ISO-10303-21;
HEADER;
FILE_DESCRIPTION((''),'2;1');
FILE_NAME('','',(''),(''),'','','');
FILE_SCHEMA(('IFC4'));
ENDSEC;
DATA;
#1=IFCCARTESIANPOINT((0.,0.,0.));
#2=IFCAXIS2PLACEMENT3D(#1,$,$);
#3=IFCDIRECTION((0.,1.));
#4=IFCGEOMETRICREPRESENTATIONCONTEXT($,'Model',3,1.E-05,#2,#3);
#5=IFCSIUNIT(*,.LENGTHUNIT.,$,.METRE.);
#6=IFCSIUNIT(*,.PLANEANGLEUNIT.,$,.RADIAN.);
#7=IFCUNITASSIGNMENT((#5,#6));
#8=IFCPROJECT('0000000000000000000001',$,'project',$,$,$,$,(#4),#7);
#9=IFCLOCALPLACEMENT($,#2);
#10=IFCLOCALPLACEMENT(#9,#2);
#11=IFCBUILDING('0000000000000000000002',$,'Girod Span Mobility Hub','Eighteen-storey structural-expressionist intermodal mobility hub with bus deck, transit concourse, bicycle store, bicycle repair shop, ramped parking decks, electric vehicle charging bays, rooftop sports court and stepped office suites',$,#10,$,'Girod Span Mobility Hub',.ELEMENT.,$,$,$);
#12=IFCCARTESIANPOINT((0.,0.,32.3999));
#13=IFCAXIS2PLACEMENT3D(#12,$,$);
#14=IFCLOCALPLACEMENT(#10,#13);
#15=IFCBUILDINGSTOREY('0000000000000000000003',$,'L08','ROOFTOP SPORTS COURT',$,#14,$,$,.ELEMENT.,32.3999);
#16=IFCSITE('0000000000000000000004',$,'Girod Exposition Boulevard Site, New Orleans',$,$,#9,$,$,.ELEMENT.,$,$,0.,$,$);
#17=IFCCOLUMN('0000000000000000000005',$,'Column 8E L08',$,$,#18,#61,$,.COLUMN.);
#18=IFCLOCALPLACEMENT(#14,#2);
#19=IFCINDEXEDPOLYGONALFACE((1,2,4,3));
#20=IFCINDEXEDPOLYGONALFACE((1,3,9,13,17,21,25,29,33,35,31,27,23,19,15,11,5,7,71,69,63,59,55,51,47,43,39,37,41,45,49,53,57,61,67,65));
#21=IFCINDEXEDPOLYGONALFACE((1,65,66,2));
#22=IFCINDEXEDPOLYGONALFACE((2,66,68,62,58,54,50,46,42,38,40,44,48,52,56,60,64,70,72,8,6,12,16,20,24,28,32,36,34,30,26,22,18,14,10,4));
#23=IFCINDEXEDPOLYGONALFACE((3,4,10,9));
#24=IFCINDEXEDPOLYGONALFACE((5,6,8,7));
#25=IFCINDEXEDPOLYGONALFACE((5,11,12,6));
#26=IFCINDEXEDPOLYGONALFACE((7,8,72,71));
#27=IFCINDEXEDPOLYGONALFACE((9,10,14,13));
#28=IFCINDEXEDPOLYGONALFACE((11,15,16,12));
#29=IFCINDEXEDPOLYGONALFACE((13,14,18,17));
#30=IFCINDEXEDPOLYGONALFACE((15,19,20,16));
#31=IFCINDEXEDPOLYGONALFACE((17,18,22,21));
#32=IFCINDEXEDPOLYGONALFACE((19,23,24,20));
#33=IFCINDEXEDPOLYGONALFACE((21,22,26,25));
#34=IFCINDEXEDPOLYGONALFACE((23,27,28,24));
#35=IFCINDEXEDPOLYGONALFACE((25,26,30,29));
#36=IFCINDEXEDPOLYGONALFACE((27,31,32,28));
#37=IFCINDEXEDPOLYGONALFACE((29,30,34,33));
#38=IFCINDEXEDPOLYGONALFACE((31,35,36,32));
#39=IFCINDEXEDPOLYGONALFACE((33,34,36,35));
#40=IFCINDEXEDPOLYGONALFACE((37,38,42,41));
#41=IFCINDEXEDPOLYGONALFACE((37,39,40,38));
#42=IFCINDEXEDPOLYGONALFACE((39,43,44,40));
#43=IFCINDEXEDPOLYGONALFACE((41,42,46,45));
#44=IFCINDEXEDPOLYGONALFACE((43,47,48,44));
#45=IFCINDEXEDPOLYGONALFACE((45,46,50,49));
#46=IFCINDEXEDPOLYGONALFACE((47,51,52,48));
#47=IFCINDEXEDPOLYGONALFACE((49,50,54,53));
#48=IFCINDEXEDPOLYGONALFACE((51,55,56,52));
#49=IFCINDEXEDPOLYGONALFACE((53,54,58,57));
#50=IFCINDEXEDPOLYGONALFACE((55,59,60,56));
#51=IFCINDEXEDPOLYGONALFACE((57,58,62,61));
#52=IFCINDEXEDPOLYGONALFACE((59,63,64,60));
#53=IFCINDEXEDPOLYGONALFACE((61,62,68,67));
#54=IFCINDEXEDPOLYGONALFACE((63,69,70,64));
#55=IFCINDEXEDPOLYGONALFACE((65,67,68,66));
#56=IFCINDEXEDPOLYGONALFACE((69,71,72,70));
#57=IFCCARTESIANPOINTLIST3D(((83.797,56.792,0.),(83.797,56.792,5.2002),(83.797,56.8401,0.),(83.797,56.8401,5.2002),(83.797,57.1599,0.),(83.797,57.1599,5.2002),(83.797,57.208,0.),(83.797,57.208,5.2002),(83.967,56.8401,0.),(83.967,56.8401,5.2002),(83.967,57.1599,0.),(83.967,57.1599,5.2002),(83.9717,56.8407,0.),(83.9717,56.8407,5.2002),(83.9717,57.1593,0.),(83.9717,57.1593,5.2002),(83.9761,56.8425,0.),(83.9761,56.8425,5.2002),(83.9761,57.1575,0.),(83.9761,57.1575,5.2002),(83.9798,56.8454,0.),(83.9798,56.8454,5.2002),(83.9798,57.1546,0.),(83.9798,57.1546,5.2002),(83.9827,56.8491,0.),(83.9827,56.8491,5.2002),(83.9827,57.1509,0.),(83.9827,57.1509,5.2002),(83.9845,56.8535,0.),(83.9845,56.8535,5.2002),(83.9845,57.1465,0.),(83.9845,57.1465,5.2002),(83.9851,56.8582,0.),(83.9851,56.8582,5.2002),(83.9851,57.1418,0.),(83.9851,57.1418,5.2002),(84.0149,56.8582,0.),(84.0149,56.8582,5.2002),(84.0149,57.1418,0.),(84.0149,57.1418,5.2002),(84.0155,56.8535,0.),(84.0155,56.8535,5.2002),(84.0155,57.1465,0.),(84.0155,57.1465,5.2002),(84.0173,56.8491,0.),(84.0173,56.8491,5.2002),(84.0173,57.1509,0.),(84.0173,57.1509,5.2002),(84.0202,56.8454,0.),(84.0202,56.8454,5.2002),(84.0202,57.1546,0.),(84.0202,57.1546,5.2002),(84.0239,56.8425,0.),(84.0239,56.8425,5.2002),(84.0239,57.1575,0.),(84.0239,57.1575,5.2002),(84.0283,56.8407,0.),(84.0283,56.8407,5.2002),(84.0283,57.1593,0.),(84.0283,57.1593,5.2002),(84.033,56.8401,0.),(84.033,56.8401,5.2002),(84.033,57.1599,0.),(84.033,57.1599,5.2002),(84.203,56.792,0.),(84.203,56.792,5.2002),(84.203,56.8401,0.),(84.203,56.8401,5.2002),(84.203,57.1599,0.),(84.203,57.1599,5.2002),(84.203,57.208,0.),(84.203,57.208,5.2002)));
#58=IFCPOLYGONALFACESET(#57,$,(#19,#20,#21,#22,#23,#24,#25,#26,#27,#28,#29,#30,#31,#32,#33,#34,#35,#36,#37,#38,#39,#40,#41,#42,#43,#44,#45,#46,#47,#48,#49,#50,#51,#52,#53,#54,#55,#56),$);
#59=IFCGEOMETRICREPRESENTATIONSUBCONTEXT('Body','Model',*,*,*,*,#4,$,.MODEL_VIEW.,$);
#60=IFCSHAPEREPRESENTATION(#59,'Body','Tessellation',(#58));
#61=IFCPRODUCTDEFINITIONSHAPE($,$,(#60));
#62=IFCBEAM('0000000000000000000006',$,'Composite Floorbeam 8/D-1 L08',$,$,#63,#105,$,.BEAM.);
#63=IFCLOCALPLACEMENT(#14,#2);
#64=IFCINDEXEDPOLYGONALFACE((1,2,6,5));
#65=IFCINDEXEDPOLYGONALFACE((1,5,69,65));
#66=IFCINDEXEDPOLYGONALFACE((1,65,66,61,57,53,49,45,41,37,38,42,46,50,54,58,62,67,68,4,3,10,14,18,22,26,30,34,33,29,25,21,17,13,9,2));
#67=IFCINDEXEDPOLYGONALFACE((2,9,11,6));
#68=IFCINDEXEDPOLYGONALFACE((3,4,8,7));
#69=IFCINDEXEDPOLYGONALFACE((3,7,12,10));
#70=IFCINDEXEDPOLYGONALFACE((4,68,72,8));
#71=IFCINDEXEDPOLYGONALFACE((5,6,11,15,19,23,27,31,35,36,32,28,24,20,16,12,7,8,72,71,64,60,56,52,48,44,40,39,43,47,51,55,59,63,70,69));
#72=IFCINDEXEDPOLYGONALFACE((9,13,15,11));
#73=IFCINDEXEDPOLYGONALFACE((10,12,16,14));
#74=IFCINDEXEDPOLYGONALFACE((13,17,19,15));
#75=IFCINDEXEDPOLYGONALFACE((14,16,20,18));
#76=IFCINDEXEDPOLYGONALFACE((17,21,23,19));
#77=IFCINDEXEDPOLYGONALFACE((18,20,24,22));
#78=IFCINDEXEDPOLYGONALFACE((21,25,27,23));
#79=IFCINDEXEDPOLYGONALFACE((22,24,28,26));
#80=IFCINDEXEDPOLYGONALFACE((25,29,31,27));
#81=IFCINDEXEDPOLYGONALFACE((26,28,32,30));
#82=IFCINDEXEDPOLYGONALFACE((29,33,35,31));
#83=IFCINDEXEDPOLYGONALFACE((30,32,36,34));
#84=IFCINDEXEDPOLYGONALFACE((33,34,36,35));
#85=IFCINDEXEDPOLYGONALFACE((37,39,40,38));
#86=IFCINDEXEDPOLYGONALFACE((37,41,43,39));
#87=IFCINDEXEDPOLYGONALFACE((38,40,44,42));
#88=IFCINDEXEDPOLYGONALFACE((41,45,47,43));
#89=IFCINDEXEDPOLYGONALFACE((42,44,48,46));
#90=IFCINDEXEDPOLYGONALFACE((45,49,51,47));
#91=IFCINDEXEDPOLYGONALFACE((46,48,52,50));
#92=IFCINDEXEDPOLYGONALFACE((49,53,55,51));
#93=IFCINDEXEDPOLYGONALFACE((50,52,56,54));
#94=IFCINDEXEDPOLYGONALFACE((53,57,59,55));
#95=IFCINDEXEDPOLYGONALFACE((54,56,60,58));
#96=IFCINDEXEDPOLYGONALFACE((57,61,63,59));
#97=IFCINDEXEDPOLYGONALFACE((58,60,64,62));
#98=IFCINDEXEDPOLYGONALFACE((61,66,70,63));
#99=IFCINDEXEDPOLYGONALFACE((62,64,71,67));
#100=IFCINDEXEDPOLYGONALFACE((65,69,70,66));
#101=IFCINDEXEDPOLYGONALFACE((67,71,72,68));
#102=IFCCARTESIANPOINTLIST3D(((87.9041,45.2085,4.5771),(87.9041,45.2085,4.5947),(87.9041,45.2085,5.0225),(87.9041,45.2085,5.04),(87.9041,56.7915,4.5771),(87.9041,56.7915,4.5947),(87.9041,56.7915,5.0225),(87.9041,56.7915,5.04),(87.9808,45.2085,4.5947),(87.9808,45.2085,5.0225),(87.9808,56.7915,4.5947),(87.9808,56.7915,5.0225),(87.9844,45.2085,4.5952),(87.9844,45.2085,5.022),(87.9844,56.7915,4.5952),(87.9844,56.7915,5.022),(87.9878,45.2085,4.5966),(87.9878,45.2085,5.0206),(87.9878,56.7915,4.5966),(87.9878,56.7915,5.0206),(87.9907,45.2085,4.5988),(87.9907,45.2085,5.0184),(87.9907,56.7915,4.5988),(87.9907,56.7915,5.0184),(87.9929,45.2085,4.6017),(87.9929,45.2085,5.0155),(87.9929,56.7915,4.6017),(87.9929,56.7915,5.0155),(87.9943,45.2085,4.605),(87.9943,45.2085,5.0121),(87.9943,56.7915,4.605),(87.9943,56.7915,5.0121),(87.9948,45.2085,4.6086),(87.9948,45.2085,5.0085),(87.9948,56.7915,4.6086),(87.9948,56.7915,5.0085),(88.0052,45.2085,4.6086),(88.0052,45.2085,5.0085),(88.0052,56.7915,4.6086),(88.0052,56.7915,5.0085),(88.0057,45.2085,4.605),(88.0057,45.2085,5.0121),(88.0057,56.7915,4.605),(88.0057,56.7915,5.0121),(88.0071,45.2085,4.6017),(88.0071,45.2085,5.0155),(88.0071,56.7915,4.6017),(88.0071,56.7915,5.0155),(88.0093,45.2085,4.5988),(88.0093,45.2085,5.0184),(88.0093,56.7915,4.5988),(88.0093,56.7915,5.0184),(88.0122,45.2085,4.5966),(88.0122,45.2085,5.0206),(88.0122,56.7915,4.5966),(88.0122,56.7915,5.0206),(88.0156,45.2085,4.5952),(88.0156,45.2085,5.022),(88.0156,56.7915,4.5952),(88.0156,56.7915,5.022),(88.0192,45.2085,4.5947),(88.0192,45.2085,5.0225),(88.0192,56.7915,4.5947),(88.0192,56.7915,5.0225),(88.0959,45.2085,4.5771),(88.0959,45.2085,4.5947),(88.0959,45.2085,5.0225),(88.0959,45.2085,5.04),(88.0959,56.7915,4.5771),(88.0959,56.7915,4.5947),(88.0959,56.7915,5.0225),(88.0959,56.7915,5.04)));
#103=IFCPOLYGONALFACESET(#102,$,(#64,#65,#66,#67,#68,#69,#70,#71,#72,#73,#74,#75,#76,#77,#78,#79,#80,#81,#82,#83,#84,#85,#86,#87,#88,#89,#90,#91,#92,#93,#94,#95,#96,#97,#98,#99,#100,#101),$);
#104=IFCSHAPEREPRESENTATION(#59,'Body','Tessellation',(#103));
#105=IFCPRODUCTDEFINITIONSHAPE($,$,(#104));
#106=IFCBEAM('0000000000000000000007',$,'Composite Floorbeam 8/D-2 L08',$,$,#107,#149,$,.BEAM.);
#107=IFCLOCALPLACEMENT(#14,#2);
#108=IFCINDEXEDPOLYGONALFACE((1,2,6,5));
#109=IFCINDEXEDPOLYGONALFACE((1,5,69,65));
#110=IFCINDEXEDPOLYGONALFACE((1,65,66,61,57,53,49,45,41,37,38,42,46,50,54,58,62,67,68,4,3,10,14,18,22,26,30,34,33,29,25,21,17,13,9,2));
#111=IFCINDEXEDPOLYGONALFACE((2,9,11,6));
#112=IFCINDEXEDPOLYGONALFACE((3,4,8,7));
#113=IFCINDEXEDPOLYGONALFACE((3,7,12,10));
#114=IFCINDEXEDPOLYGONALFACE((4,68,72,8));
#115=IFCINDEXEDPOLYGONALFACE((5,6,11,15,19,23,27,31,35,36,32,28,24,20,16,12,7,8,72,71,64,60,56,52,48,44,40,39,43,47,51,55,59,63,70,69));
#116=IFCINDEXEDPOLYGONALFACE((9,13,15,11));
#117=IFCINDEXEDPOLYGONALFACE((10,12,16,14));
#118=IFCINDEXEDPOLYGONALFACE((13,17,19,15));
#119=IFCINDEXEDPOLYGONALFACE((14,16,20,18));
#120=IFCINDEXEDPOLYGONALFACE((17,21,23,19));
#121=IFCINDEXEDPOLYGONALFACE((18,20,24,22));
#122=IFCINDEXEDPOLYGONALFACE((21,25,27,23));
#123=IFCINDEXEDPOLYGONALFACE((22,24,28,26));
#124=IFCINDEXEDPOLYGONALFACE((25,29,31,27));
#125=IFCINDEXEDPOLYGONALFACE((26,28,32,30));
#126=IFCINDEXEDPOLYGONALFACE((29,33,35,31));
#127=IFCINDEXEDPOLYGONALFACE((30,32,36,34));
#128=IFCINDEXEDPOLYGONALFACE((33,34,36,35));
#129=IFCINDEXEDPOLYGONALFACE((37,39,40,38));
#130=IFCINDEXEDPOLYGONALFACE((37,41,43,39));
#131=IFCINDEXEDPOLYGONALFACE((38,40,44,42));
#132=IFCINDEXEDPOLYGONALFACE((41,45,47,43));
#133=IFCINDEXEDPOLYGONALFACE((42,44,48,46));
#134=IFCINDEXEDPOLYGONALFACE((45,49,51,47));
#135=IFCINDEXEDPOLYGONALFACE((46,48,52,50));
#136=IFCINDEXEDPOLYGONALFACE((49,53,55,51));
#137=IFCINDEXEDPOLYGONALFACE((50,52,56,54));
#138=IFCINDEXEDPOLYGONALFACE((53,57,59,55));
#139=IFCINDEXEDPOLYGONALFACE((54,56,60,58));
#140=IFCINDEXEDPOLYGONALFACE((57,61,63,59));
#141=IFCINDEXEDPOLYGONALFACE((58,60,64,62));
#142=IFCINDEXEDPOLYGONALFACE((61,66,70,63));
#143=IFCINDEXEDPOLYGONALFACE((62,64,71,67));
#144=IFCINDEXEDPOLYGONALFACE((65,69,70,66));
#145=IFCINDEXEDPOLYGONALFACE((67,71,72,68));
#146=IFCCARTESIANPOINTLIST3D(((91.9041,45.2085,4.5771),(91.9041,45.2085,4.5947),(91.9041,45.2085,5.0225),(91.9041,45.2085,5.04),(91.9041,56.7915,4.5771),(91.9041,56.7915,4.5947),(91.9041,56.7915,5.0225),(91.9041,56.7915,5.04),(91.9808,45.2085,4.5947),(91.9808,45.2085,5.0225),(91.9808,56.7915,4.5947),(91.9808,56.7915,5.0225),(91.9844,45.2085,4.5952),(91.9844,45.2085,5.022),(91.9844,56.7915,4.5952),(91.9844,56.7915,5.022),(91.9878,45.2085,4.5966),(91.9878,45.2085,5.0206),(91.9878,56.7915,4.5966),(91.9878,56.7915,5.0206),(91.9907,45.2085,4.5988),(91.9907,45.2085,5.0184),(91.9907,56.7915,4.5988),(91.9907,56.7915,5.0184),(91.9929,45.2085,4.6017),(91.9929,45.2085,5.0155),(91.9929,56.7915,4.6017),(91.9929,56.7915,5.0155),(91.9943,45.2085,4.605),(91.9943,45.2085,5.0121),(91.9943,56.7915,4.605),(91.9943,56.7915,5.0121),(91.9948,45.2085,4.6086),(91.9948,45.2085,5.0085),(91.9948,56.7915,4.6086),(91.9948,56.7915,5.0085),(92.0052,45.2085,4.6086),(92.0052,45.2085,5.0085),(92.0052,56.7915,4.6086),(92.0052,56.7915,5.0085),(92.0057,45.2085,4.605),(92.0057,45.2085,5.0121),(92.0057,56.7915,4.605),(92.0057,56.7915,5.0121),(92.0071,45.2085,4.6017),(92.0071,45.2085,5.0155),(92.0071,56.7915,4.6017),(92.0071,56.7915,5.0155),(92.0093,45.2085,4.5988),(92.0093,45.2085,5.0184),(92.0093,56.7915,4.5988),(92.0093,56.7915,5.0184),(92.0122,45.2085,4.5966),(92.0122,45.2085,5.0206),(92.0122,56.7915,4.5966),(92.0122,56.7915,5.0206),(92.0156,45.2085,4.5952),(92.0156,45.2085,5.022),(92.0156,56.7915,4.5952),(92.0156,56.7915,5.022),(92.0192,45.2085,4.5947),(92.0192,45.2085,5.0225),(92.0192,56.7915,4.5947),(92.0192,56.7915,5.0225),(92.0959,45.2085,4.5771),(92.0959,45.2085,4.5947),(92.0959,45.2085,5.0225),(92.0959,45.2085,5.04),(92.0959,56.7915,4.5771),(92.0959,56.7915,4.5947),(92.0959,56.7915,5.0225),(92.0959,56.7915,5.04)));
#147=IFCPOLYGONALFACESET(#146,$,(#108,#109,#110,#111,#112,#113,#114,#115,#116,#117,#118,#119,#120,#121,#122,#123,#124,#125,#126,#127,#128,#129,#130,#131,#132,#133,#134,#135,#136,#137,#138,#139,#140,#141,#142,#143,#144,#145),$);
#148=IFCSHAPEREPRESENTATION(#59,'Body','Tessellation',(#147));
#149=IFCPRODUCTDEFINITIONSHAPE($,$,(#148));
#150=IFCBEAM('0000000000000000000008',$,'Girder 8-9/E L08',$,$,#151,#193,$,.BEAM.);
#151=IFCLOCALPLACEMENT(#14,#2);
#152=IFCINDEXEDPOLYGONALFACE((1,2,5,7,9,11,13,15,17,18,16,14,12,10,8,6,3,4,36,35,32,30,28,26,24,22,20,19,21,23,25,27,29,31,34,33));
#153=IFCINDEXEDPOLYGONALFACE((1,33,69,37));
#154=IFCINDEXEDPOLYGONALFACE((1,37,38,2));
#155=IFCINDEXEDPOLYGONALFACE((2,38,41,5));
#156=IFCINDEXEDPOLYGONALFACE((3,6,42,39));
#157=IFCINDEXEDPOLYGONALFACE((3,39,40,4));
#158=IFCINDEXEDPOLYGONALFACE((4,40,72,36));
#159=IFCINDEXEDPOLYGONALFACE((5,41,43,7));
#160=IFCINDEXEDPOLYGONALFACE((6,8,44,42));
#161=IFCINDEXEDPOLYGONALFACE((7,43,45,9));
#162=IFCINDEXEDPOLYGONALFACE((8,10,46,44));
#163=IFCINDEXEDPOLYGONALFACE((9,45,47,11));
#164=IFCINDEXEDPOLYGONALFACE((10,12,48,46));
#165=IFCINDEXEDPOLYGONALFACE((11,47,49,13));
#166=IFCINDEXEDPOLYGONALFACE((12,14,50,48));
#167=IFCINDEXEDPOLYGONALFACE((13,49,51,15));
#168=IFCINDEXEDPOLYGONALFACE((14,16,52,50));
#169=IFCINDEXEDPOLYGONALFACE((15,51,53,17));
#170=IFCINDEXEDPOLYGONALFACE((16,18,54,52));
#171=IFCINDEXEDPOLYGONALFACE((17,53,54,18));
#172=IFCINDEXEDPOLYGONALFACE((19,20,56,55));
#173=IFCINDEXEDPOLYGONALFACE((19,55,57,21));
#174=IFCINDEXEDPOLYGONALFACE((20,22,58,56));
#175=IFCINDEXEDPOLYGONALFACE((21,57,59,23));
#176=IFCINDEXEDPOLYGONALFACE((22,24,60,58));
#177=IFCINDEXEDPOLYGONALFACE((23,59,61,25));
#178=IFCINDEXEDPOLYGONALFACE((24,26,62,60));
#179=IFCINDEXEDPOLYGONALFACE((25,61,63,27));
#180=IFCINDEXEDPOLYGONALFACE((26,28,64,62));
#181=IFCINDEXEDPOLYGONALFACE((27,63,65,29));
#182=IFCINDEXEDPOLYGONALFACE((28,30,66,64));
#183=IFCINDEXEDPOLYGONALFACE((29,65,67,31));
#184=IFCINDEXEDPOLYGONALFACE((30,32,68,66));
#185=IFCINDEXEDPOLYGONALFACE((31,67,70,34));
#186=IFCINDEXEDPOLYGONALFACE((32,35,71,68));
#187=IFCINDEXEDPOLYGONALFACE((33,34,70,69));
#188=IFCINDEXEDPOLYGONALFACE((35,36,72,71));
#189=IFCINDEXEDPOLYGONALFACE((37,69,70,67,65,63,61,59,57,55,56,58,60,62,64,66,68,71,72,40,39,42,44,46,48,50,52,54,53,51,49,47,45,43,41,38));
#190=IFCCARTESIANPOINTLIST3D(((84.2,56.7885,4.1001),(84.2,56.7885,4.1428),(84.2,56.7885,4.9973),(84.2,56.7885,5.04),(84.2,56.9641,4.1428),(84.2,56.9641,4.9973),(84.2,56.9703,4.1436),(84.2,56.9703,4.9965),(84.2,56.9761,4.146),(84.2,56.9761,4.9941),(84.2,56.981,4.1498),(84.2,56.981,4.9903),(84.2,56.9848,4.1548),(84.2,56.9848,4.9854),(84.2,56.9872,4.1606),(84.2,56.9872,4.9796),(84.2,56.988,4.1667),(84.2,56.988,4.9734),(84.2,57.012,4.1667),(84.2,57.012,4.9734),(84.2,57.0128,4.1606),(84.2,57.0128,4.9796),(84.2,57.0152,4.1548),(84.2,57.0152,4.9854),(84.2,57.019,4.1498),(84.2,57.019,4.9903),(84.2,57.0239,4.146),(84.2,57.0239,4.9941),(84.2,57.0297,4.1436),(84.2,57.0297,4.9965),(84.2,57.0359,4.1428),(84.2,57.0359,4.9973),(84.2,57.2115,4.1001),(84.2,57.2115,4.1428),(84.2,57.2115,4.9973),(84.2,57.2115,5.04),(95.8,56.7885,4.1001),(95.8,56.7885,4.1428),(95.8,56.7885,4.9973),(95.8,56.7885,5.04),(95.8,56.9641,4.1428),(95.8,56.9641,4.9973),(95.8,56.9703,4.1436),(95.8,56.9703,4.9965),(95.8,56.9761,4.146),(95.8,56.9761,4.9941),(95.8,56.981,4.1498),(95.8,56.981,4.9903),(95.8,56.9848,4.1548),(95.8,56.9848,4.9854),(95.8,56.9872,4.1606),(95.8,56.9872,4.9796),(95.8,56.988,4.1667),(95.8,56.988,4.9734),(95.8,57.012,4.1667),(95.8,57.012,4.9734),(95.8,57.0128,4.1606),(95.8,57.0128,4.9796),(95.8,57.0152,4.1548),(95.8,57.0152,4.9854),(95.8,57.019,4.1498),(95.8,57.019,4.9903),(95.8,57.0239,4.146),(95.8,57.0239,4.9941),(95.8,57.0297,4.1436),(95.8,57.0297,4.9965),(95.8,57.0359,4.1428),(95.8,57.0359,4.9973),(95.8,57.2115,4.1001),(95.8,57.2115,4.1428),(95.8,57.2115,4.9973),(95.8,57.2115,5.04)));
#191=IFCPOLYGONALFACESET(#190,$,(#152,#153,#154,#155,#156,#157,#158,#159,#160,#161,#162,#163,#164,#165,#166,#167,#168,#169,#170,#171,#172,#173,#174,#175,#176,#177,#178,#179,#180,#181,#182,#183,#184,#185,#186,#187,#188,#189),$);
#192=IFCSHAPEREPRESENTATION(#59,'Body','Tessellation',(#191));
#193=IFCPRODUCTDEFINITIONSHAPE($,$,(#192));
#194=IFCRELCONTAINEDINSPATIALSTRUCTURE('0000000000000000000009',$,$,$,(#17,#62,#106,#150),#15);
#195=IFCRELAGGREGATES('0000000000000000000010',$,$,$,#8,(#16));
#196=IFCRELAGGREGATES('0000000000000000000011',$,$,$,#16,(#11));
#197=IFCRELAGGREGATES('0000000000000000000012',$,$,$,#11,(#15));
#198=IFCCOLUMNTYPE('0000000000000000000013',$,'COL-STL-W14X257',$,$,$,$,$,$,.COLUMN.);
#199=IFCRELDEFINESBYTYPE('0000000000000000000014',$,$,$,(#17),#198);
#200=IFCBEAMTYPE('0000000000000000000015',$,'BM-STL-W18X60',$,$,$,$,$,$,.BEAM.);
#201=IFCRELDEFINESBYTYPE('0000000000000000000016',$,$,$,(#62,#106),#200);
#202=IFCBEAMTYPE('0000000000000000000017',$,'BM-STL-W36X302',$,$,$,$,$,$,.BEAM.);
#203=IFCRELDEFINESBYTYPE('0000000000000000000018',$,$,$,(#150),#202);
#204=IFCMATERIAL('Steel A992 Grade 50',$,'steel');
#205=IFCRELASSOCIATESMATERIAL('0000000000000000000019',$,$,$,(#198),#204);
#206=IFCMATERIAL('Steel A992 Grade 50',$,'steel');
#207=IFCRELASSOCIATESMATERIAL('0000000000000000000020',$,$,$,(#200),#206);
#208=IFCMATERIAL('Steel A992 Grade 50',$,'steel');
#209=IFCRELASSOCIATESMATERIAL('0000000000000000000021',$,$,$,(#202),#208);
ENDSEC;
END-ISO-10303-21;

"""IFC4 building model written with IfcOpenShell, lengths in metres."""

from ifc_helpers import new_model, si_unit, direction, frame, origin, origin_2d, place, context, subcontext, project, spatial, i_section, extrude, material, material_profile, profile_set, type_object, element, save


model = new_model("IFC4")

# Units and contexts
model_context = context("Model", 3, precision=1e-05, world=origin(), true_north=direction((0.0, 1.0)))
body_context = subcontext(model_context, "Body", "Model", "MODEL_VIEW")
ifc_project = project(units=[si_unit("LENGTHUNIT", "METRE"), si_unit("PLANEANGLEUNIT", "RADIAN")], contexts=[model_context])

# Site, building, storey
site_placement = place(None, origin())
site = spatial("IfcSite", under=ifc_project, at=site_placement, Name="Girod Exposition Boulevard Site, New Orleans", CompositionType="ELEMENT", RefElevation=0.0)
building_placement = place(site_placement, origin())
building = spatial("IfcBuilding", under=site, at=building_placement, Name="Girod Span Mobility Hub", Description="Eighteen-storey structural-expressionist intermodal mobility hub with bus deck, transit concourse, bicycle store, bicycle repair shop, ramped parking decks, electric vehicle charging bays, rooftop sports court and stepped office suites", LongName="Girod Span Mobility Hub", CompositionType="ELEMENT")
storey_placement = place(building_placement, frame((0.0, 0.0, 32.3999)))
storey = spatial("IfcBuildingStorey", under=building, at=storey_placement, Name="L08", Description="ROOFTOP SPORTS COURT", CompositionType="ELEMENT", Elevation=32.3999)

# Column
ifc_material_1 = material(Name="Steel A992 Grade 50", Category="steel")
ifc_material_profile_1 = material_profile(ifc_material_1, i_section(OverallWidth=0.406, OverallDepth=0.416, WebThickness=0.0298, FlangeThickness=0.0481, FilletRadius=0.0181, at=origin_2d()), Name="W14X257")
ifc_profile_set_1 = profile_set([ifc_material_profile_1], Name="Steel A992 Grade 50")
column_type = type_object("IfcColumnType", Name="COL-STL-W14X257", PredefinedType="COLUMN", material=ifc_profile_set_1)
column_placement = place(storey_placement, frame((84.0, 57.0, 0.0), z_axis=(0.0, 0.0, 1.0), x_axis=(1.0, 0.0, 0.0)))
element("IfcColumn", 1, at=column_placement, inside=storey, type_object=column_type, Name="Column 8E L08", PredefinedType="COLUMN", context=body_context, shape_type="SweptSolid", body=[
    extrude(i_section(OverallWidth=0.406, OverallDepth=0.416, WebThickness=0.0298, FlangeThickness=0.0481, FilletRadius=0.0181, at=origin_2d()), origin(), (0.0, 0.0, 1.0), 5.2002),
])

# Beams
ifc_material_2 = material(Name="Steel A992 Grade 50", Category="steel")
ifc_material_profile_2 = material_profile(ifc_material_2, i_section(OverallWidth=0.1919, OverallDepth=0.4629, WebThickness=0.0105, FlangeThickness=0.0176, FilletRadius=0.0139, at=origin_2d()), Name="W18X60")
ifc_profile_set_2 = profile_set([ifc_material_profile_2], Name="Steel A992 Grade 50")
beam_type_1 = type_object("IfcBeamType", Name="BM-STL-W18X60", PredefinedType="BEAM", material=ifc_profile_set_2)
for number, where, z_axis, x_axis, name in (
    (2, (88.0, 45.2085, 4.8086), (0.0, 1.0, 0.0), (-1.0, 0.0, 0.0), "Composite Floorbeam 8/D-1 L08"),
    (3, (92.0, 45.2085, 4.8086), (0.0, 1.0, 0.0), (-1.0, 0.0, 0.0), "Composite Floorbeam 8/D-2 L08"),
):
    element("IfcBeam", number, at=place(storey_placement, frame(where, z_axis=z_axis, x_axis=x_axis)), inside=storey, type_object=beam_type_1, Name=name, PredefinedType="BEAM", context=body_context, shape_type="SweptSolid", body=[
        extrude(i_section(OverallWidth=0.1919, OverallDepth=0.4629, WebThickness=0.0105, FlangeThickness=0.0176, FilletRadius=0.0139, at=origin_2d()), origin(), (0.0, 0.0, 1.0), 11.583),
    ])
ifc_material_3 = material(Name="Steel A992 Grade 50", Category="steel")
ifc_material_profile_3 = material_profile(ifc_material_3, i_section(OverallWidth=0.4231, OverallDepth=0.9399, WebThickness=0.0239, FlangeThickness=0.0427, FilletRadius=0.0239, at=origin_2d()), Name="W36X302")
ifc_profile_set_3 = profile_set([ifc_material_profile_3], Name="Steel A992 Grade 50")
beam_type_2 = type_object("IfcBeamType", Name="BM-STL-W36X302", PredefinedType="BEAM", material=ifc_profile_set_3)
beam_1_placement = place(storey_placement, frame((84.2, 57.0, 4.5701), z_axis=(1.0, 0.0, 0.0), x_axis=(0.0, 1.0, 0.0)))
element("IfcBeam", 4, at=beam_1_placement, inside=storey, type_object=beam_type_2, Name="Girder 8-9/E L08", PredefinedType="BEAM", context=body_context, shape_type="SweptSolid", body=[
    extrude(i_section(OverallWidth=0.4231, OverallDepth=0.9399, WebThickness=0.0239, FlangeThickness=0.0427, FilletRadius=0.0239, at=origin_2d()), origin(), (0.0, 0.0, 1.0), 11.6001),
])

save(model, "model.ifc")
